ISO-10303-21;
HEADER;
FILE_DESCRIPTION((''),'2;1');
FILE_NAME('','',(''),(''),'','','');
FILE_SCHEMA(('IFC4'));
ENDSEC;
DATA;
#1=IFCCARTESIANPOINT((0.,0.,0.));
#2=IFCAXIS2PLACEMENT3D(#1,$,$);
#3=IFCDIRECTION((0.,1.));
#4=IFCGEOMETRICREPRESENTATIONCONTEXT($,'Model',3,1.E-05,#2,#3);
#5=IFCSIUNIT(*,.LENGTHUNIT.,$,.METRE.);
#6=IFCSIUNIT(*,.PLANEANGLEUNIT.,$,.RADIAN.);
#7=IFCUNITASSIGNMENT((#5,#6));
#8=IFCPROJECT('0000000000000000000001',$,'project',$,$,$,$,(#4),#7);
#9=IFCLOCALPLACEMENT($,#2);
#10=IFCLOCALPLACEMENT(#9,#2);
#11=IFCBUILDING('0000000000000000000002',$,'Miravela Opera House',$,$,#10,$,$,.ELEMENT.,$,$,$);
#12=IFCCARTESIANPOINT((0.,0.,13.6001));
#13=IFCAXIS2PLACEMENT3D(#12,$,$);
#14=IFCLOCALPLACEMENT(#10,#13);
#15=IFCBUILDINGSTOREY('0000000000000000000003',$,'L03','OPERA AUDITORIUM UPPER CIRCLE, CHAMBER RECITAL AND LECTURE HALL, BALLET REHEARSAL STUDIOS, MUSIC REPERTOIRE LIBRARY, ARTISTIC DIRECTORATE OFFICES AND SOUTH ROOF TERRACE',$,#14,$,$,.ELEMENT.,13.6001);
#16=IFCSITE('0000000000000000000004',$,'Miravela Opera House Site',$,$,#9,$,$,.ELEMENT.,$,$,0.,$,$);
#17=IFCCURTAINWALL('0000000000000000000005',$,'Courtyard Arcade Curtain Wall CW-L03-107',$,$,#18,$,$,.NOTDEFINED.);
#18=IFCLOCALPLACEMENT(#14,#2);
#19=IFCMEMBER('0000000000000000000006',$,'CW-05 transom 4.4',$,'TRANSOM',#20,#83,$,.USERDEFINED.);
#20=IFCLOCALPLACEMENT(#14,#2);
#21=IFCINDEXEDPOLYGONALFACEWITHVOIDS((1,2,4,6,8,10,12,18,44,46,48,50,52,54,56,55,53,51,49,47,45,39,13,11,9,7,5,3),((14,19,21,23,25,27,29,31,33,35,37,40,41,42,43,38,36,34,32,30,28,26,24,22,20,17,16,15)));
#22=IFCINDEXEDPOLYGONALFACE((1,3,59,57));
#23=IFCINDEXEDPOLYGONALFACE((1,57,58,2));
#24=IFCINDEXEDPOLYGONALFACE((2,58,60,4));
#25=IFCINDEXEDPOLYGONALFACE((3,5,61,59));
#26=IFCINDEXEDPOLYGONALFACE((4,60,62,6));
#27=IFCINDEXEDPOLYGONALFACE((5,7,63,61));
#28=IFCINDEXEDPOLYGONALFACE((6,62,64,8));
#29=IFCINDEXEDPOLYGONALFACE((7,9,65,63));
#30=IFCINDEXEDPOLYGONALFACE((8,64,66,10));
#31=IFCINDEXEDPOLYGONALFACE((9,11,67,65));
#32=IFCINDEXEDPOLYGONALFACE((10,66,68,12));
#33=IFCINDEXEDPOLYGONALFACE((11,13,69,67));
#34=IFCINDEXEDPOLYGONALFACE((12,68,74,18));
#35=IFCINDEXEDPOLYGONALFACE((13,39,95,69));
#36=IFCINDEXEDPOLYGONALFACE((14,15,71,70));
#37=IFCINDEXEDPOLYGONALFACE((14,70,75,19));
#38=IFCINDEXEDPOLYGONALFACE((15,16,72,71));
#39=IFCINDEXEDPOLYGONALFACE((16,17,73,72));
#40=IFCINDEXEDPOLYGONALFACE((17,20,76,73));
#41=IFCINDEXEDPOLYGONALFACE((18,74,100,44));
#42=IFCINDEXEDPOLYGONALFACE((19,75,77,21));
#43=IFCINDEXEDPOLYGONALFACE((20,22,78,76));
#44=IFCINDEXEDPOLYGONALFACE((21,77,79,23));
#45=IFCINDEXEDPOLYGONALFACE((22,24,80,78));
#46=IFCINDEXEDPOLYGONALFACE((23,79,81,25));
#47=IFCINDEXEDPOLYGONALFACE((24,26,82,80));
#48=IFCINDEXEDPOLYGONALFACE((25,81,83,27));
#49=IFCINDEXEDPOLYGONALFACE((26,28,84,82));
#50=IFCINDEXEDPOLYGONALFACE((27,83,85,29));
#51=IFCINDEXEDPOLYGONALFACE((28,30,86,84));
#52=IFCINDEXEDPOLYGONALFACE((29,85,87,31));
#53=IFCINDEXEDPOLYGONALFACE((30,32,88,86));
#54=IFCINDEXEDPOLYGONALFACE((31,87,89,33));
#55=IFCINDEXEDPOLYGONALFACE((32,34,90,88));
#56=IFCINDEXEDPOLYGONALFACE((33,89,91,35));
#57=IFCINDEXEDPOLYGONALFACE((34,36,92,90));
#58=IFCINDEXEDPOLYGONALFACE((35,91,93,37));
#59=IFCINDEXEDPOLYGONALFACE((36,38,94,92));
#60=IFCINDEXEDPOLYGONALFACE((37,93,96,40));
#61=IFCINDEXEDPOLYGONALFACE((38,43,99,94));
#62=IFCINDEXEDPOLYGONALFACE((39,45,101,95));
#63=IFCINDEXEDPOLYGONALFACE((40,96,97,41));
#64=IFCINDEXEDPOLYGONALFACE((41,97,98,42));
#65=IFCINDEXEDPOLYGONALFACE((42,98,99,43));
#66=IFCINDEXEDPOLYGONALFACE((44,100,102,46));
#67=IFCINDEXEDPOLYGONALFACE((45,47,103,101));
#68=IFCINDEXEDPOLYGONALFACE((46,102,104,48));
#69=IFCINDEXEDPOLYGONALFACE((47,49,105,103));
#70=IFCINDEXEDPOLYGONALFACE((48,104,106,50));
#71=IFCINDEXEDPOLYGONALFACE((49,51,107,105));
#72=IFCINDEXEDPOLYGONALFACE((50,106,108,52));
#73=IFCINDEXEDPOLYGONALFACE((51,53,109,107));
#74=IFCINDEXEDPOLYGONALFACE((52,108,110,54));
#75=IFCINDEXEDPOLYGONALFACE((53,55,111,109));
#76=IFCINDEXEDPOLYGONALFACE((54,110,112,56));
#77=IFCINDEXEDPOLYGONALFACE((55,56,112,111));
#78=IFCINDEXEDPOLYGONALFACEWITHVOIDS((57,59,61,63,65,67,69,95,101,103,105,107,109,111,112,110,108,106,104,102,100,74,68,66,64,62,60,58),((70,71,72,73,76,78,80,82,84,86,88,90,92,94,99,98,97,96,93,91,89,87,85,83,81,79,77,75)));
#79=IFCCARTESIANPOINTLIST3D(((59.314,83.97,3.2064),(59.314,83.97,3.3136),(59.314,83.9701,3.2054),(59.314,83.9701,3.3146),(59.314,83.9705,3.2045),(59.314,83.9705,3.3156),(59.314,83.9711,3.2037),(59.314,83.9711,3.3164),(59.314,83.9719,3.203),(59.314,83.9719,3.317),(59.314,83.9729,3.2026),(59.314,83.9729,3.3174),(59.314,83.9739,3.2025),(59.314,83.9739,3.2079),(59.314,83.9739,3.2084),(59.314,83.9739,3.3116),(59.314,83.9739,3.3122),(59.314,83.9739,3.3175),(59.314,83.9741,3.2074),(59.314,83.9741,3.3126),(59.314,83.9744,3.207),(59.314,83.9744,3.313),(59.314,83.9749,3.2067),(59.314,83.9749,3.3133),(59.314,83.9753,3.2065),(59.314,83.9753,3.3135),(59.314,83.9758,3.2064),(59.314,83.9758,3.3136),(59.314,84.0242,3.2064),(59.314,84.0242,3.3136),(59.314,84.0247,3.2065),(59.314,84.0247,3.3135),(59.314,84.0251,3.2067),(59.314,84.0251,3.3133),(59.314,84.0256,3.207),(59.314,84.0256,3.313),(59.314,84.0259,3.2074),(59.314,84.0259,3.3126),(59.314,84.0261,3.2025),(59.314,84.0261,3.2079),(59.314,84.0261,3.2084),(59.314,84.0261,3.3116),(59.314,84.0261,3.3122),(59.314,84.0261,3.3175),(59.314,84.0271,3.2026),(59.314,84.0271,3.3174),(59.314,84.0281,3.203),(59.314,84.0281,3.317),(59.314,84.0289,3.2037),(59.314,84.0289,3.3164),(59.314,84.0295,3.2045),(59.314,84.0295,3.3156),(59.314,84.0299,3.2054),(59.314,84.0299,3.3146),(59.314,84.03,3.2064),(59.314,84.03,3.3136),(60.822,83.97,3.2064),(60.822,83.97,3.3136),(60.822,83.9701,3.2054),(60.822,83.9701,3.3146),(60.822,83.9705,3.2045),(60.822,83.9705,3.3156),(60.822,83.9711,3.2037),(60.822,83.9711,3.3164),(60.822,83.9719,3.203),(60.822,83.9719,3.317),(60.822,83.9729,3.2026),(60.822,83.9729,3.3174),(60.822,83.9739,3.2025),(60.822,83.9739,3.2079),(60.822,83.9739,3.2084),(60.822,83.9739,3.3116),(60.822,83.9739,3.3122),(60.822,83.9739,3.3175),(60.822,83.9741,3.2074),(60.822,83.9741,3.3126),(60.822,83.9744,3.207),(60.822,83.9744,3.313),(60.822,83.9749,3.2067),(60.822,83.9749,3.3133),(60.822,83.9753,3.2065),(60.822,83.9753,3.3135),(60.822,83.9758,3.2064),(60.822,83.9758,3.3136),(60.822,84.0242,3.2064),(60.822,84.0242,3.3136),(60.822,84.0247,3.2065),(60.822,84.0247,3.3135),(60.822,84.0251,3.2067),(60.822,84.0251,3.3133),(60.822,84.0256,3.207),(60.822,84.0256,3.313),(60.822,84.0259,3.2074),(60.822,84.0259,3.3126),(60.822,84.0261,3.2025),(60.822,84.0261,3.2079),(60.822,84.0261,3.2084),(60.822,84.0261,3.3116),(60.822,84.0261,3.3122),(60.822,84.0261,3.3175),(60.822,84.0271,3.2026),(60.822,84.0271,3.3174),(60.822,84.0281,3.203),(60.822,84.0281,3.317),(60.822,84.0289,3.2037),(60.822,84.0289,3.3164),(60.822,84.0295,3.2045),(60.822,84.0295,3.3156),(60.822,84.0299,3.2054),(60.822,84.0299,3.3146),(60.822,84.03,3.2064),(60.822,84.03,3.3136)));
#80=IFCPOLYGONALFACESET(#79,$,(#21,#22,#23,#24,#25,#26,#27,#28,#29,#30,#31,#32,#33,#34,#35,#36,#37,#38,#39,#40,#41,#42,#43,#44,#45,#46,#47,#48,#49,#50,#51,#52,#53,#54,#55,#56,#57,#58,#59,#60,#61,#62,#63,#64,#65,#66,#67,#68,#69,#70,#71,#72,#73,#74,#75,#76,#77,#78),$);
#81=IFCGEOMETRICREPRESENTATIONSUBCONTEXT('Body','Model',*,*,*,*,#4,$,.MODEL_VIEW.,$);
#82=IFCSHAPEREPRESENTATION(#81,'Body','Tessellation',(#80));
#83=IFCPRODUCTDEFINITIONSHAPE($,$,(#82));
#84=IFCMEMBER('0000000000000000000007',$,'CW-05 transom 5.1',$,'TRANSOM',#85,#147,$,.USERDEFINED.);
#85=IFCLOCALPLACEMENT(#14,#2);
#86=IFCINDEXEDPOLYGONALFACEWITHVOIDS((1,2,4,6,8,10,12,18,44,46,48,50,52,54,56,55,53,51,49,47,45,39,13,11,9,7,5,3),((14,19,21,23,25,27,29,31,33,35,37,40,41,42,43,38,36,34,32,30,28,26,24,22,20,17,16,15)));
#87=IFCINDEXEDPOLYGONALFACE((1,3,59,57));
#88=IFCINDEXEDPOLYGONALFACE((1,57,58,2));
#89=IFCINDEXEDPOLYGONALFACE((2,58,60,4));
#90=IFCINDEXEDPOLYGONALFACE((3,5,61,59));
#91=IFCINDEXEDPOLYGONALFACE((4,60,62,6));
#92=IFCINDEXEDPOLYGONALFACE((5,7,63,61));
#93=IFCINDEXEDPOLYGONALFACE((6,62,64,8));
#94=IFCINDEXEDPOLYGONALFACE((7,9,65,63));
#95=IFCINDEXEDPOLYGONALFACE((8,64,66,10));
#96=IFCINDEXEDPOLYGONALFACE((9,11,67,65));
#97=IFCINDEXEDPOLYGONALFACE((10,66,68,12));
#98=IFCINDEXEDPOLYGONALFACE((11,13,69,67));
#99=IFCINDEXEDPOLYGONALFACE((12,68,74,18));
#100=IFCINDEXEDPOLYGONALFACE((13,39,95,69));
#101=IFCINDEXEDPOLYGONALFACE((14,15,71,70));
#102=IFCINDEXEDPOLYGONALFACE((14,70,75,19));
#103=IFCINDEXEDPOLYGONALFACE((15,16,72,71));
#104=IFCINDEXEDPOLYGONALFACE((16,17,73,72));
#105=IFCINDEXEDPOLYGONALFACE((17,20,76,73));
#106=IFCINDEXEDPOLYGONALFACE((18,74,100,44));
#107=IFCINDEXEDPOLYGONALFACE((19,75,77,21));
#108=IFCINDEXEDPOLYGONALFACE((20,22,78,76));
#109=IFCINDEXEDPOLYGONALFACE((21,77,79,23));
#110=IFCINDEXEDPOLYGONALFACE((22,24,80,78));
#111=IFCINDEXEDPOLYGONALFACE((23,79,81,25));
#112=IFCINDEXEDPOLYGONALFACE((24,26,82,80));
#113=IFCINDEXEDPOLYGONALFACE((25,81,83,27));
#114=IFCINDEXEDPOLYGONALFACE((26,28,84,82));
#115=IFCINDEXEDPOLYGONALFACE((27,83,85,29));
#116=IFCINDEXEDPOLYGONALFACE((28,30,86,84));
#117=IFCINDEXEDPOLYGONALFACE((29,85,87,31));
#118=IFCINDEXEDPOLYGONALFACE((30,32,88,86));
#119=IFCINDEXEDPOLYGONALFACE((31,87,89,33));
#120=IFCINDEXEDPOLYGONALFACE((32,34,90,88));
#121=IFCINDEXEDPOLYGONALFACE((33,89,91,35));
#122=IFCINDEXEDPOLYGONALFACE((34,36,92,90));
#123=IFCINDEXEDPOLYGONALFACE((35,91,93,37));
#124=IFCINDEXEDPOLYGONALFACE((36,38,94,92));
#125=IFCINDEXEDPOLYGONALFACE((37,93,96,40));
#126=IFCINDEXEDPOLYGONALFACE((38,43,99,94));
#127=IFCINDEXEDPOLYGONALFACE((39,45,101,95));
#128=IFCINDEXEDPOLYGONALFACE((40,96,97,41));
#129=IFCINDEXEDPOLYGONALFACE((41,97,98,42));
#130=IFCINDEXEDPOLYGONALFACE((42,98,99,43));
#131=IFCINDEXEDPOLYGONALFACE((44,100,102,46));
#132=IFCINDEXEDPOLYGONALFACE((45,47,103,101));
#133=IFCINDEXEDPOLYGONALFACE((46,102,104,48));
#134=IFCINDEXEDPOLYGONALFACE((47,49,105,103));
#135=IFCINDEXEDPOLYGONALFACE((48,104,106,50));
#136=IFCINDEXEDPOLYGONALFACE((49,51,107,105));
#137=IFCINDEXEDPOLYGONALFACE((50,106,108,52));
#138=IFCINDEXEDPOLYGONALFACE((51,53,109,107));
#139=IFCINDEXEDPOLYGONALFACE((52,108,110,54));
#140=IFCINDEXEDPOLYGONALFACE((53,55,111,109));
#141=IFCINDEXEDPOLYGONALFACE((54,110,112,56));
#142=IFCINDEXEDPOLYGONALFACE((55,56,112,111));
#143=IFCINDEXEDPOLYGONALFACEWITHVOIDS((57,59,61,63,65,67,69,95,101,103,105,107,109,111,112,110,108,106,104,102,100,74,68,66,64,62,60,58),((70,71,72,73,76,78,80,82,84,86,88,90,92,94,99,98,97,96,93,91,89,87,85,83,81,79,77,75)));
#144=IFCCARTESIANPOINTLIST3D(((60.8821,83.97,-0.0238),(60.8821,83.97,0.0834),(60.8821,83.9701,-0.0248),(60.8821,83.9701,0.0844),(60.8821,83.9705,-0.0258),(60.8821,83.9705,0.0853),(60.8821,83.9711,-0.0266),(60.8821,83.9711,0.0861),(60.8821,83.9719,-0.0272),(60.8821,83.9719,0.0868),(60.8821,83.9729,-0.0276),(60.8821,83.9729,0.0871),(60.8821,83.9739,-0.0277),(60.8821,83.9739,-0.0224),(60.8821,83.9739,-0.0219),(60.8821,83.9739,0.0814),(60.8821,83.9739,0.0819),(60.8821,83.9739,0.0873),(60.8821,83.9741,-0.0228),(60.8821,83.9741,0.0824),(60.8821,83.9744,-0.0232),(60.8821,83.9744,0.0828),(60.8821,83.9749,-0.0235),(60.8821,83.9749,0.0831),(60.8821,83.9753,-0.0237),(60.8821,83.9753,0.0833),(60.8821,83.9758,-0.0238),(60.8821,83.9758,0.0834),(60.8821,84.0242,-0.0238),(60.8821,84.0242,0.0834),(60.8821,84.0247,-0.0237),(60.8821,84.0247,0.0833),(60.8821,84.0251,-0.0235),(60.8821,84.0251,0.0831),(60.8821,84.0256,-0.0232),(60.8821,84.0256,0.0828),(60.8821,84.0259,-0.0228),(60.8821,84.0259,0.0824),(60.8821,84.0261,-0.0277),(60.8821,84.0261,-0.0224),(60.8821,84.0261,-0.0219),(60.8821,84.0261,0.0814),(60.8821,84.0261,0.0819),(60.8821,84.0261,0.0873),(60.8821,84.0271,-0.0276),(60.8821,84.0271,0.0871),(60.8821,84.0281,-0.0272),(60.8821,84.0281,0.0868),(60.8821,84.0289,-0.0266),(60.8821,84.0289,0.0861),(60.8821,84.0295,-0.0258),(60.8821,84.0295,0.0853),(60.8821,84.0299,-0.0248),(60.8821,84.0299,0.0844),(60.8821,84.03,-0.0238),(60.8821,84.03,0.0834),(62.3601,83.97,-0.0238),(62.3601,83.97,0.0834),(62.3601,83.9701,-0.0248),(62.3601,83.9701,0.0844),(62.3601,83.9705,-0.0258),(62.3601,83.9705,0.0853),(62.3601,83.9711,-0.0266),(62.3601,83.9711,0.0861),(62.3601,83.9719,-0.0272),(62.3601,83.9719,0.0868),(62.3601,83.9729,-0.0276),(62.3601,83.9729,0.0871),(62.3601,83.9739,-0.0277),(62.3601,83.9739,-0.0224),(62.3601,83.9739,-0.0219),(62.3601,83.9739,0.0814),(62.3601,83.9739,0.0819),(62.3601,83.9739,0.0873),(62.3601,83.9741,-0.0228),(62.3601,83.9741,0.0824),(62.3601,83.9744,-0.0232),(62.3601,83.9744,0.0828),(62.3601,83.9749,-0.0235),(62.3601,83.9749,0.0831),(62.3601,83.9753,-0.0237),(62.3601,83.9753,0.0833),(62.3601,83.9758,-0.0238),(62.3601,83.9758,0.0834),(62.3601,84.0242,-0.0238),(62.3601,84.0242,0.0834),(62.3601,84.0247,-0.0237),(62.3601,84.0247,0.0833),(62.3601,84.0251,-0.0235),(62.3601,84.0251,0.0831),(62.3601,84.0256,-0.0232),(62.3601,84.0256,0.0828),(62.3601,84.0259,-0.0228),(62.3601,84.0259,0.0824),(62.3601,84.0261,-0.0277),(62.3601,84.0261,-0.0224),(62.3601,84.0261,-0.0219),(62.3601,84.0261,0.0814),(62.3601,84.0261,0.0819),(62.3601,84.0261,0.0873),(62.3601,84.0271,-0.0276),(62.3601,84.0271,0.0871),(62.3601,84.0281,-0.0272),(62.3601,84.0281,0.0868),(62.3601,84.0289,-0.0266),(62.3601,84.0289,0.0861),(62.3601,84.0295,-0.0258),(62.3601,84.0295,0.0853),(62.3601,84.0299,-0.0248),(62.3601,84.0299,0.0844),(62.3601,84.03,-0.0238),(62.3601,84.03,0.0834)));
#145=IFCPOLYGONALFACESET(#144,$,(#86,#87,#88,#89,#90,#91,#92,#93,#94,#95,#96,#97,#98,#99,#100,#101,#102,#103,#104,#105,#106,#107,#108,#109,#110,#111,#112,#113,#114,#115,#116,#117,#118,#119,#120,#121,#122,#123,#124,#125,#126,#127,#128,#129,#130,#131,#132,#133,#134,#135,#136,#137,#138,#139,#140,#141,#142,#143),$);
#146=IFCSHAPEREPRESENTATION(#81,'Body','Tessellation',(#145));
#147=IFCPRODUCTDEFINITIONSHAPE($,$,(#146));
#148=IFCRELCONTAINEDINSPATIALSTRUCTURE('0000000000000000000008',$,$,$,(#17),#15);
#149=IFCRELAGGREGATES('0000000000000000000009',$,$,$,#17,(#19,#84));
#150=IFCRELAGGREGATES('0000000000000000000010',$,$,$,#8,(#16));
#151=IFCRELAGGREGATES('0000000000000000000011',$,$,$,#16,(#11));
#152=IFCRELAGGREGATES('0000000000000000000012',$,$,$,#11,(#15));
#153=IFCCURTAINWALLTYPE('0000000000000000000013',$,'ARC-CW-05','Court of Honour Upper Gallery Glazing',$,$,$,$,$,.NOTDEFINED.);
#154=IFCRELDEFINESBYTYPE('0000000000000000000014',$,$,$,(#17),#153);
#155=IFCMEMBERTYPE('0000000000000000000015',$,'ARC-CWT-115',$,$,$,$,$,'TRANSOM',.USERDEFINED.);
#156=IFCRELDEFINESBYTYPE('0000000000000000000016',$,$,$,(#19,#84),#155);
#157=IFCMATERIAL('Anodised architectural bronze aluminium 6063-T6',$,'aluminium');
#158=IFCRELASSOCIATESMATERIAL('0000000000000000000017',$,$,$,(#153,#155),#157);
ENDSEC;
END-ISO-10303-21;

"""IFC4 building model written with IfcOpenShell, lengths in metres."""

from ifc_helpers import new_model, si_unit, direction, frame, origin, origin_2d, place, context, subcontext, project, spatial, hollow_rectangle, extrude, material, material_profile, profile_set, type_object, element, aggregate, save


model = new_model("IFC4")

# Units and contexts
model_context = context("Model", 3, precision=1e-05, world=origin(), true_north=direction((0.0, 1.0)))
body_context = subcontext(model_context, "Body", "Model", "MODEL_VIEW")
ifc_project = project(units=[si_unit("LENGTHUNIT", "METRE"), si_unit("PLANEANGLEUNIT", "RADIAN")], contexts=[model_context])

# Site, building, storey
site_placement = place(None, origin())
site = spatial("IfcSite", under=ifc_project, at=site_placement, Name="Miravela Opera House Site", CompositionType="ELEMENT", RefElevation=0.0)
building_placement = place(site_placement, origin())
building = spatial("IfcBuilding", under=site, at=building_placement, Name="Miravela Opera House", CompositionType="ELEMENT")
storey_placement = place(building_placement, frame((0.0, 0.0, 13.6001)))
storey = spatial("IfcBuildingStorey", under=building, at=storey_placement, Name="L03", Description="OPERA AUDITORIUM UPPER CIRCLE, CHAMBER RECITAL AND LECTURE HALL, BALLET REHEARSAL STUDIOS, MUSIC REPERTOIRE LIBRARY, ARTISTIC DIRECTORATE OFFICES AND SOUTH ROOF TERRACE", CompositionType="ELEMENT", Elevation=13.6001)

# Curtain wall
ifc_material_1 = material(Name="Anodised architectural bronze aluminium 6063-T6", Category="aluminium")
curtain_wall_type = type_object("IfcCurtainWallType", Name="ARC-CW-05", Description="Court of Honour Upper Gallery Glazing", PredefinedType="NOTDEFINED", material=ifc_material_1)
curtain_wall_1_placement = place(storey_placement, origin())
curtain_wall_1 = element("IfcCurtainWall", 1, at=curtain_wall_1_placement, inside=storey, type_object=curtain_wall_type, Name="Courtyard Arcade Curtain Wall CW-L03-107", PredefinedType="NOTDEFINED")

# Members
ifc_material_profile_1 = material_profile(ifc_material_1, hollow_rectangle(XDim=0.0601, YDim=0.115, WallThickness=0.0039, InnerFilletRadius=0.002, OuterFilletRadius=0.0039, at=origin_2d()), Name="CWT-60X115")
ifc_profile_set_1 = profile_set([ifc_material_profile_1])
member_type_1 = type_object("IfcMemberType", Name="ARC-CWT-115", ElementType="TRANSOM", PredefinedType="USERDEFINED", material=ifc_profile_set_1)
member_1_placement = place(storey_placement, frame((59.314, 84.0, 3.26), z_axis=(1.0, 0.0, 0.0), x_axis=(0.0, 1.0, 0.0)))
member_1 = element("IfcMember", 2, at=member_1_placement, type_object=member_type_1, Name="CW-05 transom 4.4", ObjectType="TRANSOM", PredefinedType="USERDEFINED", context=body_context, shape_type="SweptSolid", body=[
    extrude(hollow_rectangle(XDim=0.0601, YDim=0.115, WallThickness=0.0039, InnerFilletRadius=0.002, OuterFilletRadius=0.0039, at=origin_2d()), origin(), (0.0, 0.0, 1.0), 1.5081),
])
member_2_placement = place(storey_placement, frame((60.8821, 84.0, 0.0298), z_axis=(1.0, 0.0, 0.0), x_axis=(0.0, 1.0, 0.0)))
member_2 = element("IfcMember", 3, at=member_2_placement, type_object=member_type_1, Name="CW-05 transom 5.1", ObjectType="TRANSOM", PredefinedType="USERDEFINED", context=body_context, shape_type="SweptSolid", body=[
    extrude(hollow_rectangle(XDim=0.0601, YDim=0.115, WallThickness=0.0039, InnerFilletRadius=0.002, OuterFilletRadius=0.0039, at=origin_2d()), origin(), (0.0, 0.0, 1.0), 1.478),
])

aggregate(curtain_wall_1, [member_1, member_2])

save(model, "model.ifc")
